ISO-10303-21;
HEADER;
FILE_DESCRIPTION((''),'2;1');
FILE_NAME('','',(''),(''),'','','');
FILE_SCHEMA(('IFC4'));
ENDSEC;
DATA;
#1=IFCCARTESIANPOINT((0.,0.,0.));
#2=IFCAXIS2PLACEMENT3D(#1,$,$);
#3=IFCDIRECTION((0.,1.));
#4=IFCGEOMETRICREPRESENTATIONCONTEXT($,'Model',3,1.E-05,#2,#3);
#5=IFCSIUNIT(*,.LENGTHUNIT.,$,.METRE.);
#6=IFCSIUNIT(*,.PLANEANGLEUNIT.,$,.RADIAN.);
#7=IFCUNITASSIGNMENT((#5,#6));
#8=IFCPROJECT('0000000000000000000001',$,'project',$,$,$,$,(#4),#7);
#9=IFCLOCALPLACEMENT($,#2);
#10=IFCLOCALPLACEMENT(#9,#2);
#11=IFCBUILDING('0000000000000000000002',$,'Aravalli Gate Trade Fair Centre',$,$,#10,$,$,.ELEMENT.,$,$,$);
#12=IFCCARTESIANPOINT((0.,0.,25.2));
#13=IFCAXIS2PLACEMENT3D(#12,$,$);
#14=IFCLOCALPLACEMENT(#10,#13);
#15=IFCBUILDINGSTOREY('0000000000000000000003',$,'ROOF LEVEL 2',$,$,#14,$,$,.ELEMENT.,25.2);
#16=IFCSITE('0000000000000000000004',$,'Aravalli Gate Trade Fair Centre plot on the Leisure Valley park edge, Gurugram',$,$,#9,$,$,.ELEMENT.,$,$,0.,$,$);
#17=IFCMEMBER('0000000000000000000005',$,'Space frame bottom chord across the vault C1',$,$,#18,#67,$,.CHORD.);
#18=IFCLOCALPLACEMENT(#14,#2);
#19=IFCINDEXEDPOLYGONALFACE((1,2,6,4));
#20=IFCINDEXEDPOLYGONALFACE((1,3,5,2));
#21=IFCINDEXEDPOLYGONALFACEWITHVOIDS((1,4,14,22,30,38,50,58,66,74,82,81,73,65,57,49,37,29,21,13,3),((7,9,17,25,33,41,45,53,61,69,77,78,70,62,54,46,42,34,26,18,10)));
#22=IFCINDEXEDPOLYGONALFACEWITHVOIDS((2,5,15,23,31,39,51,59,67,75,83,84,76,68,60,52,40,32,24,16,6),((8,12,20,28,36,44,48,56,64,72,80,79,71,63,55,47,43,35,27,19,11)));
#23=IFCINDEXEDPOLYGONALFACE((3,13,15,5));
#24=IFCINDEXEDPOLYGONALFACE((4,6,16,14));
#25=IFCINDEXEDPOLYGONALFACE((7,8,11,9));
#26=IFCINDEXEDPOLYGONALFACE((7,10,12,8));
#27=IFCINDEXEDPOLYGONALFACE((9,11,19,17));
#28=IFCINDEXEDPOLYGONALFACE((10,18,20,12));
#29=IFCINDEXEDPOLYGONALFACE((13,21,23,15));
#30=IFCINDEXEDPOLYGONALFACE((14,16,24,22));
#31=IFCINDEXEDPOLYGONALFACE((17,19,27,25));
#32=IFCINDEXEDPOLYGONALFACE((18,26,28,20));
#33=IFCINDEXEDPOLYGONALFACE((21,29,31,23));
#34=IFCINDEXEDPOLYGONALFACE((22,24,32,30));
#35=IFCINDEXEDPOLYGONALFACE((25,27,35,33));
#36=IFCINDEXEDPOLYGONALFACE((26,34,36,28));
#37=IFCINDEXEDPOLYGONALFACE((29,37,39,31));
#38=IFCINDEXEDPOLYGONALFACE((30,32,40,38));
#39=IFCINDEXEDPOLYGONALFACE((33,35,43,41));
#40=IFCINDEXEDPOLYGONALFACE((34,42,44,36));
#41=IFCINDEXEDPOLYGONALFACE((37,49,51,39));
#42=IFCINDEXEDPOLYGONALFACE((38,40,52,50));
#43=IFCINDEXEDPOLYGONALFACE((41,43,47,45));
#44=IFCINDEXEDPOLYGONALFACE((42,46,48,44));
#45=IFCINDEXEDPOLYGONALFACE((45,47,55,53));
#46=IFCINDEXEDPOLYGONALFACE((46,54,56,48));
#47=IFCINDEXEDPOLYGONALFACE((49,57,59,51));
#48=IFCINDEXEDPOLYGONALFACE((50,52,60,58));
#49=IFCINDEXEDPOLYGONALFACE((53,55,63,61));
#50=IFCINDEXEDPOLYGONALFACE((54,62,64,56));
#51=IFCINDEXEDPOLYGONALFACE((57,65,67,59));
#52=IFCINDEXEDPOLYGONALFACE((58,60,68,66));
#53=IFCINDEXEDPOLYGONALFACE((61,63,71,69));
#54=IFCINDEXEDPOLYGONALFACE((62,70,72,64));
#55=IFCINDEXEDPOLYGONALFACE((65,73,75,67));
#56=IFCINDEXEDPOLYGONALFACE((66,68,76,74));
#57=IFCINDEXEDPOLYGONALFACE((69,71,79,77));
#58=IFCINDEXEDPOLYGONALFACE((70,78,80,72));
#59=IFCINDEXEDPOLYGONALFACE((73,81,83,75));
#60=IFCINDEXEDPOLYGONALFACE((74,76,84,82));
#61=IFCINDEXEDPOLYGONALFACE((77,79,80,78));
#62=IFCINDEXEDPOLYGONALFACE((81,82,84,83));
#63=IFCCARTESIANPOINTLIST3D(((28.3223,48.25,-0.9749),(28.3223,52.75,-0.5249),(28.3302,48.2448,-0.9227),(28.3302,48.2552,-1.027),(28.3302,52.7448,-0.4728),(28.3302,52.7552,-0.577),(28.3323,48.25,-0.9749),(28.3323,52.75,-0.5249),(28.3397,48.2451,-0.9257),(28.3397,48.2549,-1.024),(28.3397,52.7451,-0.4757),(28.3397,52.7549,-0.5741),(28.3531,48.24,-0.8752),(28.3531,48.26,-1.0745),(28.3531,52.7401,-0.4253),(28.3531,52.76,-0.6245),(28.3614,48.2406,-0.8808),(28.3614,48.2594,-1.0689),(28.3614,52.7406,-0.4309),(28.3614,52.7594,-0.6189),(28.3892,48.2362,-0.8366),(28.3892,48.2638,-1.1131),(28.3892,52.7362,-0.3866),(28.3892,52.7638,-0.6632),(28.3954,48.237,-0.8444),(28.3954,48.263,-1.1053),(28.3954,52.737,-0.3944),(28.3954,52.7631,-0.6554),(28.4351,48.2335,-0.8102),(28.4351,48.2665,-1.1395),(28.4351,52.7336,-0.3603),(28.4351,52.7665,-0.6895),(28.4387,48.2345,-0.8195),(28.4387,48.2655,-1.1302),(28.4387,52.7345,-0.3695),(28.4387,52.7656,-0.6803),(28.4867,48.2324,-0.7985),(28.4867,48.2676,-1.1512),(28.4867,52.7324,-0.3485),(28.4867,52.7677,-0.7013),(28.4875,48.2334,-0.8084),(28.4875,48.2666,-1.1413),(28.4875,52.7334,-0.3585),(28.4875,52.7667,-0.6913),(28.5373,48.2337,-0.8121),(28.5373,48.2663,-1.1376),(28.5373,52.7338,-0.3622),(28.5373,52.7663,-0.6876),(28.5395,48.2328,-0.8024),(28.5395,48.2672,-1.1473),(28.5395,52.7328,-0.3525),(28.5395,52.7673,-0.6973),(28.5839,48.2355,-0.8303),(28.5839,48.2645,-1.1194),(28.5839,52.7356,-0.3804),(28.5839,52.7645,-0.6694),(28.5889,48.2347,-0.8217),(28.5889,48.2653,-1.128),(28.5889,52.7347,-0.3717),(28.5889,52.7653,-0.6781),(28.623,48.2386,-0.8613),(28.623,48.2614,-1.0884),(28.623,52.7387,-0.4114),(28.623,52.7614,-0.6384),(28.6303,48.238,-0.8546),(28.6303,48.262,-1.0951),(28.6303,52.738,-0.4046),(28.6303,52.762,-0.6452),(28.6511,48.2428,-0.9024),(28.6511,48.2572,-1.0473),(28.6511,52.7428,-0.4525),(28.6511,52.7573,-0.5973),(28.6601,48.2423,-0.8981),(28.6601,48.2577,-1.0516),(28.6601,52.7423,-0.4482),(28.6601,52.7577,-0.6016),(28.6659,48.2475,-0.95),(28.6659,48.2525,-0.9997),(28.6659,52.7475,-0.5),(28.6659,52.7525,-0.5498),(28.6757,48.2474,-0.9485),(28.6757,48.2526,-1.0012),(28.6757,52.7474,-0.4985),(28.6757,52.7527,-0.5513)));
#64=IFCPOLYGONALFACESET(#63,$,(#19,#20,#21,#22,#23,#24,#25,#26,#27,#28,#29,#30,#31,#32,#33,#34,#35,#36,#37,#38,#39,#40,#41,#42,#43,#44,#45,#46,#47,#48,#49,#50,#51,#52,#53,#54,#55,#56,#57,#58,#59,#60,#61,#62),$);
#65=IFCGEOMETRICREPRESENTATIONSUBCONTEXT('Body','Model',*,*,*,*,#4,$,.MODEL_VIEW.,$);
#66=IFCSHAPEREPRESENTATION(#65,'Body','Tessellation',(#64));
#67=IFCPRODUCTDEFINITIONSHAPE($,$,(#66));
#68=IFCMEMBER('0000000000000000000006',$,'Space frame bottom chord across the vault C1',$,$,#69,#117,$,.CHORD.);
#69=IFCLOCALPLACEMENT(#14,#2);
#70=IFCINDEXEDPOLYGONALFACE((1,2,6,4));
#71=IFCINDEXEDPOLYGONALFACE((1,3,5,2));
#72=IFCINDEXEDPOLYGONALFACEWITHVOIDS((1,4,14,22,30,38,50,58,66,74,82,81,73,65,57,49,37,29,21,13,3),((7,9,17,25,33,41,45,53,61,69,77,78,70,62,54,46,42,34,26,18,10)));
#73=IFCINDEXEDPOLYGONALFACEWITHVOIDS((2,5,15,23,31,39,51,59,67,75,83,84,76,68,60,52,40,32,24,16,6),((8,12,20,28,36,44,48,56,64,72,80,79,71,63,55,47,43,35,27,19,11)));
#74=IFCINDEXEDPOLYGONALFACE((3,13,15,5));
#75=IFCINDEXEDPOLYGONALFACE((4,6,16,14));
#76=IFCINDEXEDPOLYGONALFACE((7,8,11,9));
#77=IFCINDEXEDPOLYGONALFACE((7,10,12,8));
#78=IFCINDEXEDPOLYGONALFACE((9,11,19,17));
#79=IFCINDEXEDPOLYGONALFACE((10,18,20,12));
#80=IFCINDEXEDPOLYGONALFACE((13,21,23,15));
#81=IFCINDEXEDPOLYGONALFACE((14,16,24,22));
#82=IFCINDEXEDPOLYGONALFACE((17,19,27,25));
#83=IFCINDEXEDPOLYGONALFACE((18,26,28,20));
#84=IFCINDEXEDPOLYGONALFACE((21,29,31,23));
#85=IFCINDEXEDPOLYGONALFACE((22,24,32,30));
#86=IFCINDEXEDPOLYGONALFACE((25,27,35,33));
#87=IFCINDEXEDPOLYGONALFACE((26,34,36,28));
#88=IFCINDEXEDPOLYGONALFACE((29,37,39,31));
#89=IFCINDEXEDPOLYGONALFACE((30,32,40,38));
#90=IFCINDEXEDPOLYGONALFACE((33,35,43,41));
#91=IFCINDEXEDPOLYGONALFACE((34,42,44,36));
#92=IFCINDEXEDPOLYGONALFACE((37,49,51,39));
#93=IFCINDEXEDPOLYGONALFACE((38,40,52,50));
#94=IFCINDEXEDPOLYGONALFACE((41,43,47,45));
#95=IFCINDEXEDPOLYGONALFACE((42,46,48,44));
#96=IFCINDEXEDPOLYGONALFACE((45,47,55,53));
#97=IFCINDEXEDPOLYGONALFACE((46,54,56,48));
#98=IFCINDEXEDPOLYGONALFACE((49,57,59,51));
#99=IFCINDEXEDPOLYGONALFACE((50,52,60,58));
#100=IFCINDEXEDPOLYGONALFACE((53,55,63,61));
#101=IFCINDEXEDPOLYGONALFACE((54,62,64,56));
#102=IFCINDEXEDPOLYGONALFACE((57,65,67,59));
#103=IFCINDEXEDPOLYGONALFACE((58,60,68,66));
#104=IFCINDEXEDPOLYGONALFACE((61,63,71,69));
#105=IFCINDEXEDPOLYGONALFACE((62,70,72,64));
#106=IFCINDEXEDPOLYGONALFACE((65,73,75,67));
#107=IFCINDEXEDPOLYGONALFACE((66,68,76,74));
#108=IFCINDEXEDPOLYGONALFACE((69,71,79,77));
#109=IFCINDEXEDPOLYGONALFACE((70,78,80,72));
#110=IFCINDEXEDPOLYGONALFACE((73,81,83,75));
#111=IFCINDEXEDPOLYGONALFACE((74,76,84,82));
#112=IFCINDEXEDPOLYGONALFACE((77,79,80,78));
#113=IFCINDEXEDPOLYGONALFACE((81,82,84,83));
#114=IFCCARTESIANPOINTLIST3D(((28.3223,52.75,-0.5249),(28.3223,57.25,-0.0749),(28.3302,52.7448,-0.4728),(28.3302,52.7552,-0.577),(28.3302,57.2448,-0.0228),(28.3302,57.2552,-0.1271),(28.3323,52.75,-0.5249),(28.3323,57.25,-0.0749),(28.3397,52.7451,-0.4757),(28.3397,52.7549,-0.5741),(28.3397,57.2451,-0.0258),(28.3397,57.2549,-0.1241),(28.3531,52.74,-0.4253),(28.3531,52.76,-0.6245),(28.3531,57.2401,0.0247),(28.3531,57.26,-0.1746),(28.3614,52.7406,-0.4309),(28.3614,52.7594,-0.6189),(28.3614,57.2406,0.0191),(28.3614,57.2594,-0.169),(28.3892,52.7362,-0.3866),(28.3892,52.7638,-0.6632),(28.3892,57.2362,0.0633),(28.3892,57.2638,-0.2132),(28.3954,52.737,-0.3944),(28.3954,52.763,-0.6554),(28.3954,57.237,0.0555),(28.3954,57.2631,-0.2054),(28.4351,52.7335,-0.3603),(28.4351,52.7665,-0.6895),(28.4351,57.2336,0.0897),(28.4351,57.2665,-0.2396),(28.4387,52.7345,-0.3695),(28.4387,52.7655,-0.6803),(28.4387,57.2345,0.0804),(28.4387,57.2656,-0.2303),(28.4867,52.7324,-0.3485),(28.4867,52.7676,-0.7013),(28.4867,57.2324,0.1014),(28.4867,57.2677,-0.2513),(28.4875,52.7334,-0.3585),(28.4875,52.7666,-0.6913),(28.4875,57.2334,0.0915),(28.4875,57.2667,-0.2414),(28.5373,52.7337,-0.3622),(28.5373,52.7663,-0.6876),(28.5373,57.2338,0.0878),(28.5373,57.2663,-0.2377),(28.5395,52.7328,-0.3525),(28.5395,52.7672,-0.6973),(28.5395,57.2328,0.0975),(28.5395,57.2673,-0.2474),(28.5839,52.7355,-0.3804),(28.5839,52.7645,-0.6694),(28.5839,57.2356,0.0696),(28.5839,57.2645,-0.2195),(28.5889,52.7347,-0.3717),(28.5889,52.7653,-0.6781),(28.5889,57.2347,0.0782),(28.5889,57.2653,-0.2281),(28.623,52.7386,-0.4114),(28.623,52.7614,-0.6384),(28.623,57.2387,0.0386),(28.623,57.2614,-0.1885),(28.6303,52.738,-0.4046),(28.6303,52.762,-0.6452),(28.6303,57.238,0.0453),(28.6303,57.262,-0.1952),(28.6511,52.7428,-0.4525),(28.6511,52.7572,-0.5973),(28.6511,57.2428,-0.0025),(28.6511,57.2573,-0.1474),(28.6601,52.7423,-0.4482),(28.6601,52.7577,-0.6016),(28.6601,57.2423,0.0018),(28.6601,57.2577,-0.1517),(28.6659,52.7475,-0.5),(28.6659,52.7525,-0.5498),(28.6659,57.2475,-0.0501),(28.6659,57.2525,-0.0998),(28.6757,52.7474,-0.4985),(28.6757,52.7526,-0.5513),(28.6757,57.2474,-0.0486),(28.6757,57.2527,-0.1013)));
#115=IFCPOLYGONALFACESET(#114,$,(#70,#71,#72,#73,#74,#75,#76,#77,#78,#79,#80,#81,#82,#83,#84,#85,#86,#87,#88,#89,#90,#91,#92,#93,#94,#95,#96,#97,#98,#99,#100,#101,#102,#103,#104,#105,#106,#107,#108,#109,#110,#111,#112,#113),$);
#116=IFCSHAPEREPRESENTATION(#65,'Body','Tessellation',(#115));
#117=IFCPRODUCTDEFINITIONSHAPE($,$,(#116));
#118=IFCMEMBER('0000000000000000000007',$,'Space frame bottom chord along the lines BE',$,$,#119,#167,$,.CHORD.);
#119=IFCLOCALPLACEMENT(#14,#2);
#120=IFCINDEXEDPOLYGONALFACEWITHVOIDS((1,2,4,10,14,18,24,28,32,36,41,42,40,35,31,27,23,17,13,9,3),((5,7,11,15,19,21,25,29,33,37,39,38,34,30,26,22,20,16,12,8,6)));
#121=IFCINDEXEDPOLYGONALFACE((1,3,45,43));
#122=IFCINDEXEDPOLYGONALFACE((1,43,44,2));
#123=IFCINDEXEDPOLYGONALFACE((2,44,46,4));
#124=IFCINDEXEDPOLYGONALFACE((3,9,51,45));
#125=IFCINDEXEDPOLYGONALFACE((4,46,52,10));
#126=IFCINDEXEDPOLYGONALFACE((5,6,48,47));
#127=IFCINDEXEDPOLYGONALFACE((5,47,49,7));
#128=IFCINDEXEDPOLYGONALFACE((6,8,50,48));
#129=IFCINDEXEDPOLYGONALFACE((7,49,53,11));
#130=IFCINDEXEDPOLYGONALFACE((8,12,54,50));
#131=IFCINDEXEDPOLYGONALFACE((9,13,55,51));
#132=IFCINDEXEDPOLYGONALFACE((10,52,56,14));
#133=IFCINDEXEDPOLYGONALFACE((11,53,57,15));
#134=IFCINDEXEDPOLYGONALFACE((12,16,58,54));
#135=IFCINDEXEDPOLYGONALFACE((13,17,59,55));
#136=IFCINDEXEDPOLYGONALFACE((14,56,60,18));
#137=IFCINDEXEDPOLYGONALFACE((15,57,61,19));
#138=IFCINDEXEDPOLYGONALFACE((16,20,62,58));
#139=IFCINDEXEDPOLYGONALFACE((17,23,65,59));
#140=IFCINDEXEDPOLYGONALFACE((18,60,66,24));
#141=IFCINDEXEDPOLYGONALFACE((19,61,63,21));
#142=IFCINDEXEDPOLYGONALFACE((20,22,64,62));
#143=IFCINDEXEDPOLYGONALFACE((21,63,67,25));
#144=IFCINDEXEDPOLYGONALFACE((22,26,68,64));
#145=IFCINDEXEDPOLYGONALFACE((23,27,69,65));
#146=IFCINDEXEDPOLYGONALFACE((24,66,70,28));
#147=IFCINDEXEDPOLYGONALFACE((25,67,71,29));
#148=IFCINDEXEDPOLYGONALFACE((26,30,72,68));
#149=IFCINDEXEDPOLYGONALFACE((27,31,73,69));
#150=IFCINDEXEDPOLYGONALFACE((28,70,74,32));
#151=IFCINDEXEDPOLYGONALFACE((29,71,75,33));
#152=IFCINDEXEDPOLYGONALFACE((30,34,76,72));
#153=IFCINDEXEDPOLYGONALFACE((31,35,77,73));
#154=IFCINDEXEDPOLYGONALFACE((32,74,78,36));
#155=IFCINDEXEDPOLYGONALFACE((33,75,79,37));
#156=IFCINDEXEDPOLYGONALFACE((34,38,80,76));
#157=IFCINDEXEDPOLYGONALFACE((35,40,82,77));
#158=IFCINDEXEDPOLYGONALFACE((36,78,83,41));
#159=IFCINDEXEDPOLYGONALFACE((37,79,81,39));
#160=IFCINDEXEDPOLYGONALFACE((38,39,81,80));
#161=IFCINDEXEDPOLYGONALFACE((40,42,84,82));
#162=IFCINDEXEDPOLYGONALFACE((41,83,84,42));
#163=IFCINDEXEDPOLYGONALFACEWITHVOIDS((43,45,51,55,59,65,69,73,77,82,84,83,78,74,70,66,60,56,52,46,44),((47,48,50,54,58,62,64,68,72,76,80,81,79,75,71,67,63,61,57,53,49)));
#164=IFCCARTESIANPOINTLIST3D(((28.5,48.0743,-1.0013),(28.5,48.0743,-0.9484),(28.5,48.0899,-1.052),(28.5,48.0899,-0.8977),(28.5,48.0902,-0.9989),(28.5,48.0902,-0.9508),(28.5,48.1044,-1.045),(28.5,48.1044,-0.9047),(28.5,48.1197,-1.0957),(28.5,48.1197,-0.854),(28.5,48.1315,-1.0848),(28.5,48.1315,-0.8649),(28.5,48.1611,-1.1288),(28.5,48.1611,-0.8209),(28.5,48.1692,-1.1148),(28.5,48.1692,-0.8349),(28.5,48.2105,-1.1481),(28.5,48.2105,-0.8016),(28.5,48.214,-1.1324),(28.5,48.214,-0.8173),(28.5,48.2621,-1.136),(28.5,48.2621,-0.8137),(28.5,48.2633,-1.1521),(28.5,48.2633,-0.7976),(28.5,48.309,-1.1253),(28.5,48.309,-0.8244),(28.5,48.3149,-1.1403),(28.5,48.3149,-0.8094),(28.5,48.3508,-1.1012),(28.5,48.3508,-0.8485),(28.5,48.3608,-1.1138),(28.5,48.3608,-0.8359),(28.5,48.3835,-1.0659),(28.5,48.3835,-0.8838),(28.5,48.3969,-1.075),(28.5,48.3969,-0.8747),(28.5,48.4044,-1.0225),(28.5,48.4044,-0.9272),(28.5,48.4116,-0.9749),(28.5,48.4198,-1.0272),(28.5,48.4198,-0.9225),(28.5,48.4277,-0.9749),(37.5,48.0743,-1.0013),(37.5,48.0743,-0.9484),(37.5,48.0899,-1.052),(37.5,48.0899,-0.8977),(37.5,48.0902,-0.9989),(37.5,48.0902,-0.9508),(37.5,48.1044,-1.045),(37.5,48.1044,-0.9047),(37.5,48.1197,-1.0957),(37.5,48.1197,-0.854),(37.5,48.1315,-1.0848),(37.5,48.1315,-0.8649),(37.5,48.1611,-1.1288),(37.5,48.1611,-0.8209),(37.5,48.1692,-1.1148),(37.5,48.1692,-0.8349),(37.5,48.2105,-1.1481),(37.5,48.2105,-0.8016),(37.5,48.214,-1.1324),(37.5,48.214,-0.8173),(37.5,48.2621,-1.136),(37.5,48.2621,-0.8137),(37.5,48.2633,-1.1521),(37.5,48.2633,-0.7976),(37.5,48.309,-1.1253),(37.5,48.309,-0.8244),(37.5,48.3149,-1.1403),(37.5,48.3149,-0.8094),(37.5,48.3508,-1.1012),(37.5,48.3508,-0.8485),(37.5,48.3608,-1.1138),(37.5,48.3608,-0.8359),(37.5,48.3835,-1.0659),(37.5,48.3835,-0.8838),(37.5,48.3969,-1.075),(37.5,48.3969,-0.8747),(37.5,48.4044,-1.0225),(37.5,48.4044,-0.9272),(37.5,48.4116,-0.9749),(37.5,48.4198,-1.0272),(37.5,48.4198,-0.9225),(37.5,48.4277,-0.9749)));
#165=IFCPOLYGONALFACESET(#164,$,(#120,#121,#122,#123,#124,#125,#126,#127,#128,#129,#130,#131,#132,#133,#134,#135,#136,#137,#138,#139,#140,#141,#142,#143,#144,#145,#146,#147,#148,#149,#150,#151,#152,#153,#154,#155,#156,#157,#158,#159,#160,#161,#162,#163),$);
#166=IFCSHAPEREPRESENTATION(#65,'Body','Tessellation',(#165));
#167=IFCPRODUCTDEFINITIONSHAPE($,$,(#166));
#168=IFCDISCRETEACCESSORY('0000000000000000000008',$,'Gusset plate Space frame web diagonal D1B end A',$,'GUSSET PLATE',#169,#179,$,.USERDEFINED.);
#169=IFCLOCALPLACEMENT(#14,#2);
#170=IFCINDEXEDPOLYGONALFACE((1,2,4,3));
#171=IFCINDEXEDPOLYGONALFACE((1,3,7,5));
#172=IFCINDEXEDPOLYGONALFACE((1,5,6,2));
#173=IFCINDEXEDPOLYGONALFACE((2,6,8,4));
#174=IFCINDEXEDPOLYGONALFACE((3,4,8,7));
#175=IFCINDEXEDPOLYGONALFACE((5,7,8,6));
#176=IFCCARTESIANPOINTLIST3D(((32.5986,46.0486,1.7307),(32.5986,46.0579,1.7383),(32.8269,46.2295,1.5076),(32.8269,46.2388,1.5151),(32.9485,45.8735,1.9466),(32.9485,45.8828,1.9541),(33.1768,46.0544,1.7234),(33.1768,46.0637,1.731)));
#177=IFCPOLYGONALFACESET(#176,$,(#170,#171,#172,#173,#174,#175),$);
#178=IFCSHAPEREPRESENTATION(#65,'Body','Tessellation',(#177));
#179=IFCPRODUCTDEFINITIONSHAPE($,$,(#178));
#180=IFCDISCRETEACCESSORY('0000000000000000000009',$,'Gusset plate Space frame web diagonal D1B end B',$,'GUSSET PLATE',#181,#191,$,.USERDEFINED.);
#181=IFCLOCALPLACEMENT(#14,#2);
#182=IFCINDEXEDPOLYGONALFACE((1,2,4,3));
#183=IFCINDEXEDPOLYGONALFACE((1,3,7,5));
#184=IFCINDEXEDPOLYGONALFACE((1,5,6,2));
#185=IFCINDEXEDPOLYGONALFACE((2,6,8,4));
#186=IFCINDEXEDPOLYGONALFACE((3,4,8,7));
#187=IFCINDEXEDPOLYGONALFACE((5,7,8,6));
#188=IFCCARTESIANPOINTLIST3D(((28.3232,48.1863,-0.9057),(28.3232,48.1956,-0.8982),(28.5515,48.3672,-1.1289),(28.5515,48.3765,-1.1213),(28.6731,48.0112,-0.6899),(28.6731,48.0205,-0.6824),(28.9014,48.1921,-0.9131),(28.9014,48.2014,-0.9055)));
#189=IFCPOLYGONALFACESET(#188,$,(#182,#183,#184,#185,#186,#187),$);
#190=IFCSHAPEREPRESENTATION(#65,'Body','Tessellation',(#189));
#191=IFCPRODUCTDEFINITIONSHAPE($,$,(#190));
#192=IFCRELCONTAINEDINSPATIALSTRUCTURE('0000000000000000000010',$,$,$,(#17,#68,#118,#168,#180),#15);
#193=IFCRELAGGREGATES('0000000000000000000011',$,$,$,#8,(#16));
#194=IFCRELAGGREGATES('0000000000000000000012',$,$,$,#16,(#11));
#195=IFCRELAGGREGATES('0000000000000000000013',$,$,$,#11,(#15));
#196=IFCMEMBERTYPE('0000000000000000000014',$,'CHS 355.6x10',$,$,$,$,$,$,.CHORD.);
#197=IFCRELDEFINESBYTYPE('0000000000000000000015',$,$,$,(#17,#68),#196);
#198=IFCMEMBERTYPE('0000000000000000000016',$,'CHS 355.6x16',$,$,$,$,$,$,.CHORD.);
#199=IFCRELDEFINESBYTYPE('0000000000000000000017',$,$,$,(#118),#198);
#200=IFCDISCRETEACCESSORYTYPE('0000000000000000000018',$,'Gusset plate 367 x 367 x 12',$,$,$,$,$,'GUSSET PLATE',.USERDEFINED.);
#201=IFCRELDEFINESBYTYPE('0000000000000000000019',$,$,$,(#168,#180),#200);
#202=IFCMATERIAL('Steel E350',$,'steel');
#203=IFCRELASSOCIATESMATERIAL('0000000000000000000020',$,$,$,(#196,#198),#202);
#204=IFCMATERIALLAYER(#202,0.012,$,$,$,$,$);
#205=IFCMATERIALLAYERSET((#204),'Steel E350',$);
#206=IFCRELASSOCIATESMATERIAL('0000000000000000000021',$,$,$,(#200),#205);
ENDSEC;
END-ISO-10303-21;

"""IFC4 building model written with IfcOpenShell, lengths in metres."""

from ifc_helpers import new_model, si_unit, direction, frame, origin, origin_2d, place, context, subcontext, project, spatial, polyline, hollow_circle, outline, extrude, material, layer, layer_set, material_profile, profile_set, type_object, element, save


model = new_model("IFC4")

# Units and contexts
model_context = context("Model", 3, precision=1e-05, world=origin(), true_north=direction((0.0, 1.0)))
body_context = subcontext(model_context, "Body", "Model", "MODEL_VIEW")
ifc_project = project(units=[si_unit("LENGTHUNIT", "METRE"), si_unit("PLANEANGLEUNIT", "RADIAN")], contexts=[model_context])

# Site, building, storey
site_placement = place(None, origin())
site = spatial("IfcSite", under=ifc_project, at=site_placement, Name="Aravalli Gate Trade Fair Centre plot on the Leisure Valley park edge, Gurugram", CompositionType="ELEMENT", RefElevation=0.0)
building_placement = place(site_placement, origin())
building = spatial("IfcBuilding", under=site, at=building_placement, Name="Aravalli Gate Trade Fair Centre", CompositionType="ELEMENT")
storey_placement = place(building_placement, frame((0.0, 0.0, 25.2)))
storey = spatial("IfcBuildingStorey", under=building, at=storey_placement, Name="ROOF LEVEL 2", CompositionType="ELEMENT", Elevation=25.2)

# Members
ifc_material = material(Name="Steel E350", Category="steel")
ifc_material_profile_1 = material_profile(ifc_material, hollow_circle(Radius=0.1777, WallThickness=0.01, at=origin_2d()), Name="CHS 355.6x10")
ifc_profile_set_1 = profile_set([ifc_material_profile_1], Name="Steel E350")
member_type_1 = type_object("IfcMemberType", Name="CHS 355.6x10", PredefinedType="CHORD", material=ifc_profile_set_1)
for number, where, z_axis, x_axis, name in (
    (1, (28.5, 48.25, -0.9749), (0.0, 0.995038, 0.099493), (-1.0, 0.0, 0.0), "Space frame bottom chord across the vault C1"),
    (2, (28.5, 52.75, -0.5249), (0.0, 0.995038, 0.099493), (-1.0, 0.0, 0.0), "Space frame bottom chord across the vault C1"),
):
    element("IfcMember", number, at=place(storey_placement, frame(where, z_axis=z_axis, x_axis=x_axis)), inside=storey, type_object=member_type_1, Name=name, PredefinedType="CHORD", context=body_context, shape_type="SweptSolid", body=[
        extrude(hollow_circle(Radius=0.1777, WallThickness=0.01, at=origin_2d()), origin(), (0.0, 0.0, 1.0), 4.5225),
    ])
ifc_material_profile_2 = material_profile(ifc_material, hollow_circle(Radius=0.1777, WallThickness=0.0161, at=origin_2d()), Name="CHS 355.6x16")
ifc_profile_set_2 = profile_set([ifc_material_profile_2], Name="Steel E350")
member_type_2 = type_object("IfcMemberType", Name="CHS 355.6x16", PredefinedType="CHORD", material=ifc_profile_set_2)
member_1_placement = place(storey_placement, frame((28.5, 48.25, -0.9749), z_axis=(1.0, 0.0, 0.0), x_axis=(0.0, 1.0, 0.0)))
element("IfcMember", 3, at=member_1_placement, inside=storey, type_object=member_type_2, Name="Space frame bottom chord along the lines BE", PredefinedType="CHORD", context=body_context, shape_type="SweptSolid", body=[
    extrude(hollow_circle(Radius=0.1777, WallThickness=0.0161, at=origin_2d()), origin(), (0.0, 0.0, 1.0), 9.0),
])

# Discrete accessories
ifc_layer = layer(ifc_material, 0.012)
ifc_layer_set = layer_set([ifc_layer], Name="Steel E350")
discrete_accessory_type = type_object("IfcDiscreteAccessoryType", Name="Gusset plate 367 x 367 x 12", ElementType="GUSSET PLATE", PredefinedType="USERDEFINED", material=ifc_layer_set)
discrete_accessory_1_placement = place(storey_placement, frame((32.5986, 46.0579, 1.7383), z_axis=(0.000107, 0.776736, 0.629826), x_axis=(0.783044, -0.391795, 0.48305)))
element("IfcDiscreteAccessory", 4, at=discrete_accessory_1_placement, inside=storey, type_object=discrete_accessory_type, Name="Gusset plate Space frame web diagonal D1B end A", ObjectType="GUSSET PLATE", PredefinedType="USERDEFINED", context=body_context, shape_type="SweptSolid", body=[
    extrude(outline(polyline([(0.0, 0.0), (0.4468, 0.0), (0.4469, 0.3669), (0.0001, 0.3669), (0.0, 0.0)])), origin(), (0.0, 0.0, -1.0), 0.012),
])
discrete_accessory_2_placement = place(storey_placement, frame((28.6731, 48.0205, -0.6824), z_axis=(0.000107, 0.776736, 0.629826), x_axis=(-0.783044, 0.391795, -0.48305)))
element("IfcDiscreteAccessory", 5, at=discrete_accessory_2_placement, inside=storey, type_object=discrete_accessory_type, Name="Gusset plate Space frame web diagonal D1B end B", ObjectType="GUSSET PLATE", PredefinedType="USERDEFINED", context=body_context, shape_type="SweptSolid", body=[
    extrude(outline(polyline([(0.0, 0.0), (0.4468, 0.0), (0.4467, -0.3669), (-0.0001, -0.3669), (0.0, 0.0)])), origin(), (0.0, 0.0, -1.0), 0.012),
])

save(model, "model.ifc")
